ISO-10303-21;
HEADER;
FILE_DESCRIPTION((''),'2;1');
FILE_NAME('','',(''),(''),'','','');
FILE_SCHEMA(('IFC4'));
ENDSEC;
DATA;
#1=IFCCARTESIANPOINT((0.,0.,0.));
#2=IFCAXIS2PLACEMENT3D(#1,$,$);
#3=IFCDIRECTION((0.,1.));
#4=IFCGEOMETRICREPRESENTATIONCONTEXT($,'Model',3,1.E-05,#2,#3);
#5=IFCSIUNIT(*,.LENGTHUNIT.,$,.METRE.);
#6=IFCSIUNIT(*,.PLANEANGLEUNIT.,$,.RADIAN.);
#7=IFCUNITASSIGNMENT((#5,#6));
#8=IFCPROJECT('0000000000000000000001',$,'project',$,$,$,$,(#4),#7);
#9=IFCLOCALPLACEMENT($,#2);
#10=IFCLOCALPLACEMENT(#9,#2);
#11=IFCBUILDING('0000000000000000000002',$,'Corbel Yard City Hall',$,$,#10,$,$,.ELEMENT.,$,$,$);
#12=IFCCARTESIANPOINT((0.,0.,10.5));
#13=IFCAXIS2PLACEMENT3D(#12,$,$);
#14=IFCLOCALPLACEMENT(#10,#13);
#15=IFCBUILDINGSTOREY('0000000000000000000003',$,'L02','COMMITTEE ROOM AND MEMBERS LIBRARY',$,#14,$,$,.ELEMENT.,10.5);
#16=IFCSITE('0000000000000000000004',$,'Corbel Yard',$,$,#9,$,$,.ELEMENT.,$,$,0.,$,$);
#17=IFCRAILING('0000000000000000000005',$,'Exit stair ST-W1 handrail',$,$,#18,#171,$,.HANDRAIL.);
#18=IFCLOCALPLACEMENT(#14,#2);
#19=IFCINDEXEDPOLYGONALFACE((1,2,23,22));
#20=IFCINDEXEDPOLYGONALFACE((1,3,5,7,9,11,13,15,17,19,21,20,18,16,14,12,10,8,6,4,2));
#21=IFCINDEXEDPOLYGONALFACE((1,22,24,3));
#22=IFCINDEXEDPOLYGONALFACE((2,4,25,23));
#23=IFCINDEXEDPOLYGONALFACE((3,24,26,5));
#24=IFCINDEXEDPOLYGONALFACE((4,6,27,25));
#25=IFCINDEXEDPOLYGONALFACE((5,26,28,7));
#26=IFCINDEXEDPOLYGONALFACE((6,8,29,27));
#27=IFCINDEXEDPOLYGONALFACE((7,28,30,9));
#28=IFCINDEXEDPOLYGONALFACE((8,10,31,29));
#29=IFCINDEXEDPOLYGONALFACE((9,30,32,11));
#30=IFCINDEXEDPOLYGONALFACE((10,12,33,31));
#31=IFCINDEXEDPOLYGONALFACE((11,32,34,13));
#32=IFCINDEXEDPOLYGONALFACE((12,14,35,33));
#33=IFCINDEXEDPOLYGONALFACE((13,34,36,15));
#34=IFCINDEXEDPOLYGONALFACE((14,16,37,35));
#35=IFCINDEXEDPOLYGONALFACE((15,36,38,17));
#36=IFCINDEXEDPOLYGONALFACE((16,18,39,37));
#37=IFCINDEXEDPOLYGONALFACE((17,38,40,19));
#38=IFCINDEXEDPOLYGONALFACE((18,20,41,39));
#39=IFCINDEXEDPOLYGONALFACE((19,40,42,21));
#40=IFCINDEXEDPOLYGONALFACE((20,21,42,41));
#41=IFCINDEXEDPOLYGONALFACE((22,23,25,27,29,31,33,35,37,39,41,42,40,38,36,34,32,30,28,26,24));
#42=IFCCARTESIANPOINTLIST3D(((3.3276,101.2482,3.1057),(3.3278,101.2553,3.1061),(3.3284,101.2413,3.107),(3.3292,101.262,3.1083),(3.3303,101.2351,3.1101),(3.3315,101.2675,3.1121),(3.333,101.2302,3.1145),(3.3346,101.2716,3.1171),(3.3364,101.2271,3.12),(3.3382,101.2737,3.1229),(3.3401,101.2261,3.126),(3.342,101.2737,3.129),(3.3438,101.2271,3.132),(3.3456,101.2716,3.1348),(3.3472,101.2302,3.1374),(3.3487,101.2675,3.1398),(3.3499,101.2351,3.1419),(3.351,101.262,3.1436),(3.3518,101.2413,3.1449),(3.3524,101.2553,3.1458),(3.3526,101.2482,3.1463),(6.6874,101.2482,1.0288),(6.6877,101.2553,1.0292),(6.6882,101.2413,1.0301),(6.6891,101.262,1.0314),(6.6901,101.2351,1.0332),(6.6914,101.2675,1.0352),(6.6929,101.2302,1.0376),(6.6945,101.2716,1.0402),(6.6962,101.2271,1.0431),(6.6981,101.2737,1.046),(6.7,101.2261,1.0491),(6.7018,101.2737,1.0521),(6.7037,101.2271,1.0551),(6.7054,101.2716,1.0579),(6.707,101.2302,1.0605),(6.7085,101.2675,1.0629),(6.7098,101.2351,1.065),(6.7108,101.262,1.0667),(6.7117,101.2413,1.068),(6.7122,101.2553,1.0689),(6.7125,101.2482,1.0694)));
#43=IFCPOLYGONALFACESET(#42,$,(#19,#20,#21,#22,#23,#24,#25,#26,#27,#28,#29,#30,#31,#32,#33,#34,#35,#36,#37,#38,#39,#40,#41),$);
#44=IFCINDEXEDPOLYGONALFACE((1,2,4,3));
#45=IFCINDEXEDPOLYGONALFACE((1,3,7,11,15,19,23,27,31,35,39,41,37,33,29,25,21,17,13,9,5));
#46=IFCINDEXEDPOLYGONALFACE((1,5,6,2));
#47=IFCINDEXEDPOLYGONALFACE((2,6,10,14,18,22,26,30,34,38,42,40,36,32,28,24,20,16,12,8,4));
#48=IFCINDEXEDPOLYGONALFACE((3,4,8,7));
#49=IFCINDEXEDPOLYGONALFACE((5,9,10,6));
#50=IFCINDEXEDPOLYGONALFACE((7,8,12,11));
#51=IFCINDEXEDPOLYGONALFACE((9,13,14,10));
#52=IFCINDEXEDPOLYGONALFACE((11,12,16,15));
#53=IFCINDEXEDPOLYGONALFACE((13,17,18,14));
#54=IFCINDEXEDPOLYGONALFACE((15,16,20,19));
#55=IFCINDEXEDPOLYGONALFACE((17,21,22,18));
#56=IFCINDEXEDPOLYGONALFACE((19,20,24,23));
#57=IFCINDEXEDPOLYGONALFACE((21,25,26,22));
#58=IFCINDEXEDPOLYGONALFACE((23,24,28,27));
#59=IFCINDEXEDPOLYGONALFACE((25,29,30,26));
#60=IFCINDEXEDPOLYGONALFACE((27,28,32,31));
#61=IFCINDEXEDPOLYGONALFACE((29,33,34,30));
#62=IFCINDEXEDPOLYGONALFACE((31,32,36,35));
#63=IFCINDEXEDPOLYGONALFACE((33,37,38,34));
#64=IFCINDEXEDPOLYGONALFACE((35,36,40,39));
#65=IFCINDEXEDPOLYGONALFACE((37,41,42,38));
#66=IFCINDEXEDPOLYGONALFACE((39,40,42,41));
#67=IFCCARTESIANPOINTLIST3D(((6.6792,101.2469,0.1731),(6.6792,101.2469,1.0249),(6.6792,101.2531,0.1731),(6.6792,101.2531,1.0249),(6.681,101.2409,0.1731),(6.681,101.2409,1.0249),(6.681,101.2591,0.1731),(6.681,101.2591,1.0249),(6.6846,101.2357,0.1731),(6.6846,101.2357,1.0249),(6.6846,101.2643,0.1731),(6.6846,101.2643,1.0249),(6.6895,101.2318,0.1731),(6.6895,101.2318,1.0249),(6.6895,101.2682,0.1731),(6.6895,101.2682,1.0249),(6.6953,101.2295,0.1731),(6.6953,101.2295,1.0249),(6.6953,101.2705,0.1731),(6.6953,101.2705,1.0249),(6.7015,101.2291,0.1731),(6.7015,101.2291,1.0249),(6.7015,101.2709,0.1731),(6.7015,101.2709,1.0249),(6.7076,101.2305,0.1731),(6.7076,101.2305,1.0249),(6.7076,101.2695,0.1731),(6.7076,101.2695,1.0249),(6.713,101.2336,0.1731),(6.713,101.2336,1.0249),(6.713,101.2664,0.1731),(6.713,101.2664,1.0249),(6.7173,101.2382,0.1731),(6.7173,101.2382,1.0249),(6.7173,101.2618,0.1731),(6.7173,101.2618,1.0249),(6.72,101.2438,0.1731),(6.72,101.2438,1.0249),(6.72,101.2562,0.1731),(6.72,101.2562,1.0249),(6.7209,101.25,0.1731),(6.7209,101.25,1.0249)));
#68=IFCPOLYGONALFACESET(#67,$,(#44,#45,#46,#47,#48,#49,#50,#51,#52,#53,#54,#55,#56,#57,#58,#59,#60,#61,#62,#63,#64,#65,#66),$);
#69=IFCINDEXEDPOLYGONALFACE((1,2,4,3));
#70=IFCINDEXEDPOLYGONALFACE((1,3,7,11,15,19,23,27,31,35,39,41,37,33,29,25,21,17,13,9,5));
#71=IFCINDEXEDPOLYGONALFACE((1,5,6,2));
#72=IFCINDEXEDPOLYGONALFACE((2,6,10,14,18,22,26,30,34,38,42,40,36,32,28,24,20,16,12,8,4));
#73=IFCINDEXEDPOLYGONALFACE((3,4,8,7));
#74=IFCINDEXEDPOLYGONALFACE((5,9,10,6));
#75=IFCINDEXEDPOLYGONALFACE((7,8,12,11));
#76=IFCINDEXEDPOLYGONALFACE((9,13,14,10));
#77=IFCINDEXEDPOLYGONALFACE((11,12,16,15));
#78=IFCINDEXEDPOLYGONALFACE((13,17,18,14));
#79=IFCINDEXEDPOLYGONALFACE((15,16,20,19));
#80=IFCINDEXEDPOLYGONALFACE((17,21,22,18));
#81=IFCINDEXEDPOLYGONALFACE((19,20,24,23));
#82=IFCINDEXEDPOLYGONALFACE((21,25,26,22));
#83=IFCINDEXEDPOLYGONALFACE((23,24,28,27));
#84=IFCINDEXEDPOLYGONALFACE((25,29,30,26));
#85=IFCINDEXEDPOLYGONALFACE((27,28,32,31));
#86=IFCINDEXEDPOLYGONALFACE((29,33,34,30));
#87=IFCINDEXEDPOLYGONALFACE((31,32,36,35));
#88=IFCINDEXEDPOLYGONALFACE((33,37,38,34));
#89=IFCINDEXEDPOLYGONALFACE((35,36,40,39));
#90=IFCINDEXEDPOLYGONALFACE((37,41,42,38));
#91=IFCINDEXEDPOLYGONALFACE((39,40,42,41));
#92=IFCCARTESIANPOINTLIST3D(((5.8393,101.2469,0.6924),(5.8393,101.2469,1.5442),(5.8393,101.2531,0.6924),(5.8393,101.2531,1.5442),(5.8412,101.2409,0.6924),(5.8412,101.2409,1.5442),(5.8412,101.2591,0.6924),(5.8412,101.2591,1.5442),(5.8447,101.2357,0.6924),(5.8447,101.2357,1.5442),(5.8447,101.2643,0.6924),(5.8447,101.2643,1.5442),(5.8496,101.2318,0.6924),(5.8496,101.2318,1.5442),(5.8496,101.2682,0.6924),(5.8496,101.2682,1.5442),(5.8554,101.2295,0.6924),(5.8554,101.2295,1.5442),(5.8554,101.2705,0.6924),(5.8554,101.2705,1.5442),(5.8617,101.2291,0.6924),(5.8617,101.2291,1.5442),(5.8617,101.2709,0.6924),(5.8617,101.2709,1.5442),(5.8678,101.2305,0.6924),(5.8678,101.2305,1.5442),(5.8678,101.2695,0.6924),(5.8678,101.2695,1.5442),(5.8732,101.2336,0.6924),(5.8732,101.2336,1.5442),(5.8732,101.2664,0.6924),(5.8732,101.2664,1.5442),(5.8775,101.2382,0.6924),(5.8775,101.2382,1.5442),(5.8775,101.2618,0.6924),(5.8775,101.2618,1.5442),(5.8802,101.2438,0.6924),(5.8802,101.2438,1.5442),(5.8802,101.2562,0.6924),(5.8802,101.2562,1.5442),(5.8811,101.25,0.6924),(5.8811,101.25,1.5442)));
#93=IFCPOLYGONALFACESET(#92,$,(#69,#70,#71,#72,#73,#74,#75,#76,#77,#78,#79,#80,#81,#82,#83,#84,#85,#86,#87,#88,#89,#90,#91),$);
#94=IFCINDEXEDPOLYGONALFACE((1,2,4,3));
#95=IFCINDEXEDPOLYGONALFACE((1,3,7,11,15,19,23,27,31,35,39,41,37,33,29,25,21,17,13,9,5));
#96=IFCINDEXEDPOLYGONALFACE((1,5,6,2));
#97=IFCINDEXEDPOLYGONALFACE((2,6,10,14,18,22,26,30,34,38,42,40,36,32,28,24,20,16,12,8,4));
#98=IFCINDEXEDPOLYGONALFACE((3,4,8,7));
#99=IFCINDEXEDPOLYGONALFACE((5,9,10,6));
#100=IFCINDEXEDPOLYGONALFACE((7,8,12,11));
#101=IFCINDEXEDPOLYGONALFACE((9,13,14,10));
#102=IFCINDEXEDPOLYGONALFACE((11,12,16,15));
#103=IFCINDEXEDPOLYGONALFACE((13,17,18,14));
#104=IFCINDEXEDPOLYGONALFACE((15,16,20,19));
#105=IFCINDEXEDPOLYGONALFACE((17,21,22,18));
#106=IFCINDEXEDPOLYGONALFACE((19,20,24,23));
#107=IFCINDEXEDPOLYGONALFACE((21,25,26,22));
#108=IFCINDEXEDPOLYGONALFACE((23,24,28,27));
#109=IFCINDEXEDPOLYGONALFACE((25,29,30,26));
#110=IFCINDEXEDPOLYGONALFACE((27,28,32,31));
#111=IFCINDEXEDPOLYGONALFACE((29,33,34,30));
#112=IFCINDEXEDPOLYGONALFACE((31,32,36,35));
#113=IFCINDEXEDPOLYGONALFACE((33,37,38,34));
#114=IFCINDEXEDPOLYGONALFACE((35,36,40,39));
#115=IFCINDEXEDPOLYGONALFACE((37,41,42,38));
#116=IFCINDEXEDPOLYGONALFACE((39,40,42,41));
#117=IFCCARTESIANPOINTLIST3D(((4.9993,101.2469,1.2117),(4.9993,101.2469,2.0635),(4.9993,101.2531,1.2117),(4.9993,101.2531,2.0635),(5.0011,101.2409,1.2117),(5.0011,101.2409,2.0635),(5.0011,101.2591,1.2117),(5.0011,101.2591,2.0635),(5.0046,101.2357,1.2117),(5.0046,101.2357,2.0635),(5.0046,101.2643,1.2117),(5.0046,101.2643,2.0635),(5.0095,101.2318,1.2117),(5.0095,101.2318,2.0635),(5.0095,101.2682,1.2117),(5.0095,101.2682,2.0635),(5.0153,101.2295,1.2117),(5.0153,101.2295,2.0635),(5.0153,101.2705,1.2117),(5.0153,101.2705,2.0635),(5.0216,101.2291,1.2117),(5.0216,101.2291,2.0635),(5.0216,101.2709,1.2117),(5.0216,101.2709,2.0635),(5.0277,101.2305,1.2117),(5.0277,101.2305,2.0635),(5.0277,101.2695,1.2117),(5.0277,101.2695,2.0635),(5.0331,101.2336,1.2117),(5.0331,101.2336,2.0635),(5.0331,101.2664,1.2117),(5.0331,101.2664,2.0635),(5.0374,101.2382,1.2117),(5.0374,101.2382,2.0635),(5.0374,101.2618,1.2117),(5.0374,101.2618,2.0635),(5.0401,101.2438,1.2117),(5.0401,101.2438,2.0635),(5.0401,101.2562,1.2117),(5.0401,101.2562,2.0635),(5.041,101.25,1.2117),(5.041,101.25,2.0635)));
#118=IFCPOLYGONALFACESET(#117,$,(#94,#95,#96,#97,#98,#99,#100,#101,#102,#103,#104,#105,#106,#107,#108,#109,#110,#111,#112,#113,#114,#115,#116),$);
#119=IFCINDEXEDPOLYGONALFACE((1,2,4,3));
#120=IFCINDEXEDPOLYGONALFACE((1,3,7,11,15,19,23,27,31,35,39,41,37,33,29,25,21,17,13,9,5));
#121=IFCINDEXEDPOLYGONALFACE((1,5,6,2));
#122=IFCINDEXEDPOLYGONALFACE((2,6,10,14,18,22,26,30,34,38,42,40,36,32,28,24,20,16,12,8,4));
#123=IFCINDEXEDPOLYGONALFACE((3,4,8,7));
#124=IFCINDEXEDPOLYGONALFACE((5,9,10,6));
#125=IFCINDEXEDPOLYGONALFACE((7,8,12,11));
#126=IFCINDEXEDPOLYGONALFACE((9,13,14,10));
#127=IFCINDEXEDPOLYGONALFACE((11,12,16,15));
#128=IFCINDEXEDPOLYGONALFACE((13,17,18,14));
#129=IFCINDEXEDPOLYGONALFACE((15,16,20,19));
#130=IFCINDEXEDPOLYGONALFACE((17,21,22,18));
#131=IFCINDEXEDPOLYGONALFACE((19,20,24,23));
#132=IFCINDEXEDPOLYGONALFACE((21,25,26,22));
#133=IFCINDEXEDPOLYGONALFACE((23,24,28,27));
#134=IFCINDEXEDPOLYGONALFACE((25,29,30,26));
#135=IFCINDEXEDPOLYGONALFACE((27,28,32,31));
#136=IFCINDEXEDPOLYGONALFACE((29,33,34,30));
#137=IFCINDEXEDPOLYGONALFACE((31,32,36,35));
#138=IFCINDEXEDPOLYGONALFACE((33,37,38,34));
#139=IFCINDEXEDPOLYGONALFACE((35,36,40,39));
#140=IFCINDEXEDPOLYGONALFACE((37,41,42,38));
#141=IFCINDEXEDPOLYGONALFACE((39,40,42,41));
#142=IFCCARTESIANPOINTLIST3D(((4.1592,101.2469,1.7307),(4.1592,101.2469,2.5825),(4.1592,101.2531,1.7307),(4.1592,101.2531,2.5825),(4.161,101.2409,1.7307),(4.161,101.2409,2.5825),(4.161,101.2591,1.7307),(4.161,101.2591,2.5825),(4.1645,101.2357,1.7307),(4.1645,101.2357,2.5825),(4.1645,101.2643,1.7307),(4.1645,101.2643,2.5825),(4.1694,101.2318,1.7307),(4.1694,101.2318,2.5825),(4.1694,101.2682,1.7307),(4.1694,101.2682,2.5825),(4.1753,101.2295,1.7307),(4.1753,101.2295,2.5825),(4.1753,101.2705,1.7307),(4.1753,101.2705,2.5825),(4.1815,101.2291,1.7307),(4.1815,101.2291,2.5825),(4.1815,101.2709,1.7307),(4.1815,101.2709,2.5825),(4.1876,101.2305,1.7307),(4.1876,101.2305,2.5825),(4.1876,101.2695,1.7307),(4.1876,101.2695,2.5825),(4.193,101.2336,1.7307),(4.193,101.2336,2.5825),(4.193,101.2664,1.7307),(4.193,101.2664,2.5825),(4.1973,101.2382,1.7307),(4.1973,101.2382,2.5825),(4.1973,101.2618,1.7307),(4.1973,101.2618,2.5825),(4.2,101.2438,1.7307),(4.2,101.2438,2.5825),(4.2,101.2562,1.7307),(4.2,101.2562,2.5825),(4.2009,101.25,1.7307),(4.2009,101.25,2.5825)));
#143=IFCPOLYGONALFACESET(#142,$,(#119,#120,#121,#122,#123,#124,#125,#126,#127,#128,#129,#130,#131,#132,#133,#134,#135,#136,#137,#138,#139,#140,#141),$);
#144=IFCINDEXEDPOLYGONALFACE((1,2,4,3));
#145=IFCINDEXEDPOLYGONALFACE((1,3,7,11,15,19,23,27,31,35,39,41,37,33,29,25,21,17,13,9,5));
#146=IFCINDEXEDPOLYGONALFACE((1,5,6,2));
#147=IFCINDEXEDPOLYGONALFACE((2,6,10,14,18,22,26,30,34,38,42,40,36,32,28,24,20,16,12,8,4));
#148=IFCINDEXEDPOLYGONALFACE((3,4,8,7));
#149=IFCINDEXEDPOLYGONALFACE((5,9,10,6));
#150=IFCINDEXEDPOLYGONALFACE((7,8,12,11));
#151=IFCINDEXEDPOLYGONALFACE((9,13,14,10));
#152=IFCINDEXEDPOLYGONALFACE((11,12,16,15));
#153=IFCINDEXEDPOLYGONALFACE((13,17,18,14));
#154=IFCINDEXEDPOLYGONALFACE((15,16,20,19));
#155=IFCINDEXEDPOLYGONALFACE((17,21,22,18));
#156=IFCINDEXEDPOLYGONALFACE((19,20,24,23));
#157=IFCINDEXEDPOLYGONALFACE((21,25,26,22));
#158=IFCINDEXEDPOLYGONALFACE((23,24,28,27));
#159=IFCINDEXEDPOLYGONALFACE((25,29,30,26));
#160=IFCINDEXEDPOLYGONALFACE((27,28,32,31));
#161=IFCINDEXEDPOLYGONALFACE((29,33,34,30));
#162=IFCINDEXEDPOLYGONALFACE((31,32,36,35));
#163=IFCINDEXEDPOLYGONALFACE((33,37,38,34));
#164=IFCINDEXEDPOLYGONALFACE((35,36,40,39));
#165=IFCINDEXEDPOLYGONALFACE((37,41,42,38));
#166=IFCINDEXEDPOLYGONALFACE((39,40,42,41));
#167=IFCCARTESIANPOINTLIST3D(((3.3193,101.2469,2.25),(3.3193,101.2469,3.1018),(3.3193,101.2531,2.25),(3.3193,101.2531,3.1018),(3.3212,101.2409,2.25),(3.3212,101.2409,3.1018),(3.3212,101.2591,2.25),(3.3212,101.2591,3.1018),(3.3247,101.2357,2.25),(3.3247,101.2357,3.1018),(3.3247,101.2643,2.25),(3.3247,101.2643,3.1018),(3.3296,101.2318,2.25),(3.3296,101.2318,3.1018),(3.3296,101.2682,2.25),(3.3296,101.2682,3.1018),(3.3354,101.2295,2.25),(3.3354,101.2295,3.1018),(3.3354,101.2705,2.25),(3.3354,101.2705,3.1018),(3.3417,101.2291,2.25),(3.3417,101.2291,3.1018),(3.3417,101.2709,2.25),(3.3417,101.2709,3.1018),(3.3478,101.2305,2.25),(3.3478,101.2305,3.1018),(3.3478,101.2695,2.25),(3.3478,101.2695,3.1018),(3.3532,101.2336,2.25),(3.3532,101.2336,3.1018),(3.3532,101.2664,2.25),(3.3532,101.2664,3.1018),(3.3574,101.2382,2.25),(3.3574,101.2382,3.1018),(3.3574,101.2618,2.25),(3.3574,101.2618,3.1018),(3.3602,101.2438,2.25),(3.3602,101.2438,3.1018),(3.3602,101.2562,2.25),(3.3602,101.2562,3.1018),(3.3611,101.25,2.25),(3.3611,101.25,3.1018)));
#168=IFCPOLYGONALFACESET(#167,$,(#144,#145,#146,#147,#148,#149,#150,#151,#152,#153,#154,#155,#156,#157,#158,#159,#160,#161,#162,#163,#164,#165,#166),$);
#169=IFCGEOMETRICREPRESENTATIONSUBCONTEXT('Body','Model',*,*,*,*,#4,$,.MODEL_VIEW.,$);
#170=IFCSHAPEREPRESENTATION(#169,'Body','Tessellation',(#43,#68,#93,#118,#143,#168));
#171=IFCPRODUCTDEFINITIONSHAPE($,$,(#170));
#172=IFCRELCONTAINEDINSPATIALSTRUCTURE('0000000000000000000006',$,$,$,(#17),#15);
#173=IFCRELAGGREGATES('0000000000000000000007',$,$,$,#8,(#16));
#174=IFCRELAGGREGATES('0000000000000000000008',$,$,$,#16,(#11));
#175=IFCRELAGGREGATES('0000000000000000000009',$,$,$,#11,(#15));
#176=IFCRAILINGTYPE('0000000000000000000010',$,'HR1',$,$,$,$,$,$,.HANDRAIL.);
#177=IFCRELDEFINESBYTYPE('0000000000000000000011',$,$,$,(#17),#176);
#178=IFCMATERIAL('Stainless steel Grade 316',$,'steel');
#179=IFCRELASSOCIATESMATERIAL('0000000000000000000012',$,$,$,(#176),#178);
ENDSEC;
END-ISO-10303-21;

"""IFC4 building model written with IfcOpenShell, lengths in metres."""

from ifc_helpers import new_model, si_unit, direction, frame, origin, origin_2d, place, context, subcontext, project, spatial, circle, extrude, material, type_object, element, save


model = new_model("IFC4")

# Units and contexts
model_context = context("Model", 3, precision=1e-05, world=origin(), true_north=direction((0.0, 1.0)))
body_context = subcontext(model_context, "Body", "Model", "MODEL_VIEW")
ifc_project = project(units=[si_unit("LENGTHUNIT", "METRE"), si_unit("PLANEANGLEUNIT", "RADIAN")], contexts=[model_context])

# Site, building, storey
site_placement = place(None, origin())
site = spatial("IfcSite", under=ifc_project, at=site_placement, Name="Corbel Yard", CompositionType="ELEMENT", RefElevation=0.0)
building_placement = place(site_placement, origin())
building = spatial("IfcBuilding", under=site, at=building_placement, Name="Corbel Yard City Hall", CompositionType="ELEMENT")
storey_placement = place(building_placement, frame((0.0, 0.0, 10.5)))
storey = spatial("IfcBuildingStorey", under=building, at=storey_placement, Name="L02", Description="COMMITTEE ROOM AND MEMBERS LIBRARY", CompositionType="ELEMENT", Elevation=10.5)

# Shared definitions
ifc_material_1 = material(Name="Stainless steel Grade 316", Category="steel")

# Railing
railing_type = type_object("IfcRailingType", Name="HR1", PredefinedType="HANDRAIL", material=ifc_material_1)
for number, where, name in (
    (1, (6.7, 101.25, 0.1731), "Exit stair ST-W1 handrail"),
):
    element("IfcRailing", number, at=place(storey_placement, frame(where)), inside=storey, type_object=railing_type, Name=name, PredefinedType="HANDRAIL", context=body_context, shape_type="SweptSolid", body=[
        extrude(circle(Radius=0.0239, at=origin_2d()), frame((0.0, 0.0, 0.876), z_axis=(-0.850606, 0.0, 0.525803), x_axis=(0.0, -1.0, 0.0)), (0.0, 0.0, 1.0), 3.95),
        extrude(circle(Radius=0.021, at=origin_2d()), origin(), (0.0, 0.0, 1.0), 0.8518),
        extrude(circle(Radius=0.021, at=origin_2d()), frame((-0.8398, 0.0, 0.5193)), (0.0, 0.0, 1.0), 0.8518),
        extrude(circle(Radius=0.021, at=origin_2d()), frame((-1.6799, 0.0, 1.0386)), (0.0, 0.0, 1.0), 0.8518),
        extrude(circle(Radius=0.021, at=origin_2d()), frame((-2.52, 0.0, 1.5576)), (0.0, 0.0, 1.0), 0.8518),
        extrude(circle(Radius=0.021, at=origin_2d()), frame((-3.3599, 0.0, 2.0769)), (0.0, 0.0, 1.0), 0.8518),
    ])

save(model, "model.ifc")
